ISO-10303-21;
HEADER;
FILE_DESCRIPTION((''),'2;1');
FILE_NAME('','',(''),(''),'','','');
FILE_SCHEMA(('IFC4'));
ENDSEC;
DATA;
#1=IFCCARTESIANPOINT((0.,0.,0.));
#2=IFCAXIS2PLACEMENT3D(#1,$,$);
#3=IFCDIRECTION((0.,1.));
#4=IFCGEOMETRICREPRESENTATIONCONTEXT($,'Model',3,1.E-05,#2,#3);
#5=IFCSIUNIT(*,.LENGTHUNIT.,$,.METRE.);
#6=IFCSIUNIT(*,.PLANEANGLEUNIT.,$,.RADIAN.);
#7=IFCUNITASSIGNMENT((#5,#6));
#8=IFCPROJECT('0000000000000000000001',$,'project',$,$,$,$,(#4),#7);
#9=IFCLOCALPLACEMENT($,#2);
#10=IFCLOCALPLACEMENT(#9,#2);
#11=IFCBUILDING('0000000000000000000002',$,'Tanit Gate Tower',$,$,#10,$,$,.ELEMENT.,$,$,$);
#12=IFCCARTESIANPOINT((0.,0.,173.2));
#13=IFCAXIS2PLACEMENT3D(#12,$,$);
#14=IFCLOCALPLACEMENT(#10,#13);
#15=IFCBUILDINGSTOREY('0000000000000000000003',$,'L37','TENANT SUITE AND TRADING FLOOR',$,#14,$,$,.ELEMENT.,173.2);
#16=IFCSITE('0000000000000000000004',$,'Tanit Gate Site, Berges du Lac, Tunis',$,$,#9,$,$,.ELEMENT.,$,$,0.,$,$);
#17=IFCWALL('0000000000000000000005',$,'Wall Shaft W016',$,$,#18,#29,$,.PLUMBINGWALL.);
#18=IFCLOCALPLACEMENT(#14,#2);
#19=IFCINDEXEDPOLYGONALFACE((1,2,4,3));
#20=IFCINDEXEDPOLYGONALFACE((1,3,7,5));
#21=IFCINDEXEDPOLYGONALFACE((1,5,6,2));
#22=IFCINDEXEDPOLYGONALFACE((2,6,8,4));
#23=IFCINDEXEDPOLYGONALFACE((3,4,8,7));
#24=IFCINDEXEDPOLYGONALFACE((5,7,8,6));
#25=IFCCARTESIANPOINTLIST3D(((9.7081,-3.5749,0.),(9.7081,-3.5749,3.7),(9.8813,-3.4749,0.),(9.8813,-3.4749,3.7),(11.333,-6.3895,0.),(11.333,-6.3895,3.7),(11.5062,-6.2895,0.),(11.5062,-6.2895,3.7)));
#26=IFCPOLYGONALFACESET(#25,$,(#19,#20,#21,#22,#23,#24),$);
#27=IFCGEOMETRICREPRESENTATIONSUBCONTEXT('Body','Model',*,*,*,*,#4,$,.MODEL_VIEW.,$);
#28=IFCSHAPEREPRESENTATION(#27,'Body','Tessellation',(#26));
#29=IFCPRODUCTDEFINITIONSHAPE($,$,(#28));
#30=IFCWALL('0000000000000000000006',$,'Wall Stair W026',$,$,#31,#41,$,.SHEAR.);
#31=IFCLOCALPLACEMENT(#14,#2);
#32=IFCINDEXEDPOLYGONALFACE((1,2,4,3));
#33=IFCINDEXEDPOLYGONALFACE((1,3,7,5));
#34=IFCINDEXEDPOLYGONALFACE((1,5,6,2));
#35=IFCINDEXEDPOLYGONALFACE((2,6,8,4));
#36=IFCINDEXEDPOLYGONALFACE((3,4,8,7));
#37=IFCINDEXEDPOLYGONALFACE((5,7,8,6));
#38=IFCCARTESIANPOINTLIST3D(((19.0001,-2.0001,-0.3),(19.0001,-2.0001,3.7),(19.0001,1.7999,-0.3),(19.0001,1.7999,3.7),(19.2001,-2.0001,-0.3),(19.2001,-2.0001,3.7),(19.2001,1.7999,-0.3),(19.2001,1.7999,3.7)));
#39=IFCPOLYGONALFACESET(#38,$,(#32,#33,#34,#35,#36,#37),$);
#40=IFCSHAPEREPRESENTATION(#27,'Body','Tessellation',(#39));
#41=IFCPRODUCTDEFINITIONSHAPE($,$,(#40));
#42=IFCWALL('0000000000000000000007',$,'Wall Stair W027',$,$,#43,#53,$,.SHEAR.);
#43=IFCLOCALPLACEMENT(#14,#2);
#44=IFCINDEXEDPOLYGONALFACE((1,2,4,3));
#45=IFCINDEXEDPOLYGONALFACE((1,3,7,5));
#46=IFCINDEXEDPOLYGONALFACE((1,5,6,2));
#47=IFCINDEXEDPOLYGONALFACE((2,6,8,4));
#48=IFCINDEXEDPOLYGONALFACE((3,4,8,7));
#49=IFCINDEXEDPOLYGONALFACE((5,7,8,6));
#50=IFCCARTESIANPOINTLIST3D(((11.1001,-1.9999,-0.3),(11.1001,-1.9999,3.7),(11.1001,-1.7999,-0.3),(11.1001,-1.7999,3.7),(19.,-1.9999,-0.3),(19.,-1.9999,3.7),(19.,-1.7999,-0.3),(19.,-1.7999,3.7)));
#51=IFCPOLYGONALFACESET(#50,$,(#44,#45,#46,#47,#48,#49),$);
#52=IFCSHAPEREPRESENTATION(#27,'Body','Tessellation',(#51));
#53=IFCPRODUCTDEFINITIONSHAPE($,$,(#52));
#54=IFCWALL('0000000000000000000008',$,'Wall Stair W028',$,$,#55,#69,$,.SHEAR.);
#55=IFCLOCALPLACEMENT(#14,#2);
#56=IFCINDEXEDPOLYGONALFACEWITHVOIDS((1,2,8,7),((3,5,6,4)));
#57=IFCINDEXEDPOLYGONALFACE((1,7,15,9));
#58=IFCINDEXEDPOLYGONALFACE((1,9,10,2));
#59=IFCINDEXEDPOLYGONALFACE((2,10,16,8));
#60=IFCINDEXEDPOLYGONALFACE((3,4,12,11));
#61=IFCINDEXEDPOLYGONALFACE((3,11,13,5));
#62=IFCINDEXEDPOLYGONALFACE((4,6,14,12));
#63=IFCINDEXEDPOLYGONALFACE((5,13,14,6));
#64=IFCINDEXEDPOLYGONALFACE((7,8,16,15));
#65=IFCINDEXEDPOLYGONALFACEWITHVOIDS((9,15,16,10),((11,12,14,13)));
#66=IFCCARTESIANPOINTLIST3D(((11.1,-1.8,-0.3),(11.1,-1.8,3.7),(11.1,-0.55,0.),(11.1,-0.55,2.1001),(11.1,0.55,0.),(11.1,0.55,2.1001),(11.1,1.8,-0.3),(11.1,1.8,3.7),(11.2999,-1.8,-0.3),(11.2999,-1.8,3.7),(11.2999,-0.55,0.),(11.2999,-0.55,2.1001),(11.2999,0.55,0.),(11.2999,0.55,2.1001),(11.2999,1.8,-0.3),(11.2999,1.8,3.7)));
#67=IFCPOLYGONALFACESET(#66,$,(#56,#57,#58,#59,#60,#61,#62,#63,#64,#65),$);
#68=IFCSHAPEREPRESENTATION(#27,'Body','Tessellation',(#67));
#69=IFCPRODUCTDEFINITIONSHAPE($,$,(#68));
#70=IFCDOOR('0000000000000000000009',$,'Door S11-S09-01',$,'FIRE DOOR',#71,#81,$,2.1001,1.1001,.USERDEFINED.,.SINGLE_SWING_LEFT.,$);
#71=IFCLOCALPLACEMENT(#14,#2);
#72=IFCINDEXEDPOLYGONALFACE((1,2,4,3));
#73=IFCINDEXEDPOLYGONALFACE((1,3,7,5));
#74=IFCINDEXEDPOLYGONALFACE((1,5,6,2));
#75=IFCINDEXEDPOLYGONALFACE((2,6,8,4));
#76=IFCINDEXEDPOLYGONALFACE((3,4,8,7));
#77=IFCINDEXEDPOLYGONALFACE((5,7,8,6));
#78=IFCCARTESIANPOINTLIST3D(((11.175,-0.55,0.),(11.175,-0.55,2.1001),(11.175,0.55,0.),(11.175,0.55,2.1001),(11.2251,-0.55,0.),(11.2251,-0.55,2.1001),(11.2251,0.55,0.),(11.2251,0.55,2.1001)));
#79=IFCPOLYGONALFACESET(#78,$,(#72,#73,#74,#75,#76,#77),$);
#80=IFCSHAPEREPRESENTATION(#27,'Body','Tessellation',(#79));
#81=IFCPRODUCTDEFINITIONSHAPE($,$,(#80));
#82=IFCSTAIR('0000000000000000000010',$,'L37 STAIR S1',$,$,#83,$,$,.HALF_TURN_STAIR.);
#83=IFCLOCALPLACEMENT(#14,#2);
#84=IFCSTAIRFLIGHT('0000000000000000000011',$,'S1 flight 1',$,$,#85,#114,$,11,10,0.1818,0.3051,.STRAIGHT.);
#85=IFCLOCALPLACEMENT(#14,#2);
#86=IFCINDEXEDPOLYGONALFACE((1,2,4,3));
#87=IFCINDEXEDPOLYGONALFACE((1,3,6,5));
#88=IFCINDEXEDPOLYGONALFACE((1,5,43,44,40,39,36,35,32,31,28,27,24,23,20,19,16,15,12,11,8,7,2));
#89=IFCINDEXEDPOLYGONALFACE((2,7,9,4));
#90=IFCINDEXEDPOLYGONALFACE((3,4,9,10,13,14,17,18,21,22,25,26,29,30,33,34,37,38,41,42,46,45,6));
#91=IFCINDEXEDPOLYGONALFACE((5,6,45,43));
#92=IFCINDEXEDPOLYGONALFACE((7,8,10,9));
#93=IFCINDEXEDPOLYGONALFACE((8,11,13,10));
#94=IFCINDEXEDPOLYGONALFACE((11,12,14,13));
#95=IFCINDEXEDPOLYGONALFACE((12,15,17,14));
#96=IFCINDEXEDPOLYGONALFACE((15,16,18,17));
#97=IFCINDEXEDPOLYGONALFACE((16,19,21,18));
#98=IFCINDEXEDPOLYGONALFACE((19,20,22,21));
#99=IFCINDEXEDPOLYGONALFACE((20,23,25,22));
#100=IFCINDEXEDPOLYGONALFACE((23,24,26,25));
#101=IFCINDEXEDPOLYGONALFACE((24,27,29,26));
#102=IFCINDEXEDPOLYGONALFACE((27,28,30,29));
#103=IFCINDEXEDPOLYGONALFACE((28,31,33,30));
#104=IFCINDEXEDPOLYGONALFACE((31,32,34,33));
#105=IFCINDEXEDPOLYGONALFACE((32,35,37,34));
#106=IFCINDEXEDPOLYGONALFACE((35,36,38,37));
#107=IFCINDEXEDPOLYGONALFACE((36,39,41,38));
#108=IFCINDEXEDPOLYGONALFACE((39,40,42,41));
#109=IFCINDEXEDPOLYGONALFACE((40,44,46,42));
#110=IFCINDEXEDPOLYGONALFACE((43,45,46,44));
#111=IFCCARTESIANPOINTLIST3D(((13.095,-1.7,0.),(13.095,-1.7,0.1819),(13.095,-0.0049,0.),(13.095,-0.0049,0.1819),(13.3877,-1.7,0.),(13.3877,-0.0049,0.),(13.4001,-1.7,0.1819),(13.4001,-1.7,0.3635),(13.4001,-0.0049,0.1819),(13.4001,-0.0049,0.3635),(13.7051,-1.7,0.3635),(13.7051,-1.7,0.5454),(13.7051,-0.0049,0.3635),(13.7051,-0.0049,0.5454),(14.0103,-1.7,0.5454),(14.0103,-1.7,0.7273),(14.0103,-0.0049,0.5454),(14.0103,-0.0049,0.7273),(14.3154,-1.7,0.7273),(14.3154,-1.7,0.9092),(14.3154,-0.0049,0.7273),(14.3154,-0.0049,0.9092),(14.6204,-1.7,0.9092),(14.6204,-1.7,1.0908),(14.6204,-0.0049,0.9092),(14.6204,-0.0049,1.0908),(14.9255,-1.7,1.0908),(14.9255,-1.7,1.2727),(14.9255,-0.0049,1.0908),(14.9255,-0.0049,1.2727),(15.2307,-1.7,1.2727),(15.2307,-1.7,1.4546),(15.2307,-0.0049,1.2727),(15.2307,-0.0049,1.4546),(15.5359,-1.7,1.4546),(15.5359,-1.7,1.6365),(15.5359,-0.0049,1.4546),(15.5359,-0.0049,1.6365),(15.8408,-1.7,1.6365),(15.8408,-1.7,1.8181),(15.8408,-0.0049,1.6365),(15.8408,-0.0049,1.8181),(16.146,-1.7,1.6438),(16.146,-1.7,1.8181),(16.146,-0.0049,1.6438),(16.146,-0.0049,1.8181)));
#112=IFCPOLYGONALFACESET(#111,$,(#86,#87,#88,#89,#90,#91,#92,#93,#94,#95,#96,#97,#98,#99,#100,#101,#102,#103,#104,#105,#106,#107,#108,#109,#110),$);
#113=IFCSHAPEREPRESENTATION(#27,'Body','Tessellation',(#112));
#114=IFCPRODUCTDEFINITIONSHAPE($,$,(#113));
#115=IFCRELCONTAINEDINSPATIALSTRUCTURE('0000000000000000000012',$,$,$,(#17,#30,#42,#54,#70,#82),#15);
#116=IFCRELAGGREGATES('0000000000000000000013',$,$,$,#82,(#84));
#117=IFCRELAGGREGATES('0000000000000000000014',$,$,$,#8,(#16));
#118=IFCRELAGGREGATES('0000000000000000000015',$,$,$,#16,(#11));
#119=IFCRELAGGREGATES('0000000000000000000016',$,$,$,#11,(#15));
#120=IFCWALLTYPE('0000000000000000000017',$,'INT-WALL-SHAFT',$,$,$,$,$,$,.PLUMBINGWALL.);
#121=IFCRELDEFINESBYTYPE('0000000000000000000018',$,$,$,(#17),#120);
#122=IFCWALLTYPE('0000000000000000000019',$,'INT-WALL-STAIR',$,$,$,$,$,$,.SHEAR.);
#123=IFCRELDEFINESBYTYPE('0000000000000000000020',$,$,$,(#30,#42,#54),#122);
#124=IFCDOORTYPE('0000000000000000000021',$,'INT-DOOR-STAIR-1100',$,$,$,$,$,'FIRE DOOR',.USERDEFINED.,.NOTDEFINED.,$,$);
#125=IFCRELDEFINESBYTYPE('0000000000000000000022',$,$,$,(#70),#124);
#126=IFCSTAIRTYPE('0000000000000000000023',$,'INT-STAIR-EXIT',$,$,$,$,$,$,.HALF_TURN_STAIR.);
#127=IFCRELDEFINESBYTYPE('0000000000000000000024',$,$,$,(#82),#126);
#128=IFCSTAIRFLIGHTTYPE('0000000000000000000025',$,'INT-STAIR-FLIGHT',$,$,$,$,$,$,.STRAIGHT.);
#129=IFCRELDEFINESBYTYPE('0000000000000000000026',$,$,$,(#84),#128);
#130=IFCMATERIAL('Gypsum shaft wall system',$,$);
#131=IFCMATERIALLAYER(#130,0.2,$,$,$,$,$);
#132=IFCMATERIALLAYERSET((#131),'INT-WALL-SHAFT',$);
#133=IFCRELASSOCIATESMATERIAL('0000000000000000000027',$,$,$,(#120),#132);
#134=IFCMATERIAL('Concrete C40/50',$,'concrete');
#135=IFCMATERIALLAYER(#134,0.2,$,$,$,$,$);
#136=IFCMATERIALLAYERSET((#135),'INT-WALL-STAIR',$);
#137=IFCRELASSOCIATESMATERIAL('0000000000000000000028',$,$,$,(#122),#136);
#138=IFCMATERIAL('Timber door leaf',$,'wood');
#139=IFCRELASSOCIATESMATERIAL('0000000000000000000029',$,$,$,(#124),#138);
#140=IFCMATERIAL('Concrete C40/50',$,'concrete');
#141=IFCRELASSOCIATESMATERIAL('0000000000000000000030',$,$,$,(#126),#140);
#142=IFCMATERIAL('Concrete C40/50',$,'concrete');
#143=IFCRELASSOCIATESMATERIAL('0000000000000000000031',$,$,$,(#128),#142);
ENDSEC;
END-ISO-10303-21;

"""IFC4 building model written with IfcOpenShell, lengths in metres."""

from ifc_helpers import new_model, si_unit, direction, frame, frame_2d, origin, place, context, subcontext, project, spatial, polyline, rectangle, outline, extrude, material, layer, layer_set, type_object, element, fill, aggregate, save


model = new_model("IFC4")

# Units and contexts
model_context = context("Model", 3, precision=1e-05, world=origin(), true_north=direction((0.0, 1.0)))
body_context = subcontext(model_context, "Body", "Model", "MODEL_VIEW")
ifc_project = project(units=[si_unit("LENGTHUNIT", "METRE"), si_unit("PLANEANGLEUNIT", "RADIAN")], contexts=[model_context])

# Site, building, storey
site_placement = place(None, origin())
site = spatial("IfcSite", under=ifc_project, at=site_placement, Name="Tanit Gate Site, Berges du Lac, Tunis", CompositionType="ELEMENT", RefElevation=0.0)
building_placement = place(site_placement, origin())
building = spatial("IfcBuilding", under=site, at=building_placement, Name="Tanit Gate Tower", CompositionType="ELEMENT")
storey_placement = place(building_placement, frame((0.0, 0.0, 173.2)))
storey = spatial("IfcBuildingStorey", under=building, at=storey_placement, Name="L37", Description="TENANT SUITE AND TRADING FLOOR", CompositionType="ELEMENT", Elevation=173.2)

# Walls
ifc_material_1 = material(Name="Gypsum shaft wall system")
ifc_layer_1 = layer(ifc_material_1, 0.2)
ifc_layer_set_1 = layer_set([ifc_layer_1], Name="INT-WALL-SHAFT")
wall_type_1 = type_object("IfcWallType", Name="INT-WALL-SHAFT", PredefinedType="PLUMBINGWALL", material=ifc_layer_set_1)
wall_1_placement = place(storey_placement, frame((9.7947, -3.5249, 0.0), z_axis=(0.0, 0.0, 1.0), x_axis=(0.499985, -0.866034, 0.0)))
element("IfcWall", 1, at=wall_1_placement, inside=storey, type_object=wall_type_1, Name="Wall Shaft W016", PredefinedType="PLUMBINGWALL", context=body_context, shape_type="SweptSolid", body=[
    extrude(rectangle(XDim=3.25, YDim=0.2, at=frame_2d((1.625, 0.0))), origin(), (0.0, 0.0, 1.0), 3.7),
])
ifc_material_2 = material(Name="Concrete C40/50", Category="concrete")
ifc_layer_2 = layer(ifc_material_2, 0.2)
ifc_layer_set_2 = layer_set([ifc_layer_2], Name="INT-WALL-STAIR")
wall_type_2 = type_object("IfcWallType", Name="INT-WALL-STAIR", PredefinedType="SHEAR", material=ifc_layer_set_2)
wall_2_placement = place(storey_placement, frame((19.1001, -2.0, -0.3), z_axis=(0.0, 0.0, 1.0), x_axis=(0.0, 1.0, 0.0)))
element("IfcWall", 2, at=wall_2_placement, inside=storey, type_object=wall_type_2, Name="Wall Stair W026", PredefinedType="SHEAR", context=body_context, shape_type="SweptSolid", body=[
    extrude(rectangle(XDim=3.8, YDim=0.2, at=frame_2d((1.8999, 0.0))), origin(), (0.0, 0.0, 1.0), 4.0),
])
wall_3_placement = place(storey_placement, frame((11.1001, -1.8999, -0.3), z_axis=(0.0, 0.0, 1.0), x_axis=(1.0, 0.0, 0.0)))
element("IfcWall", 3, at=wall_3_placement, inside=storey, type_object=wall_type_2, Name="Wall Stair W027", PredefinedType="SHEAR", context=body_context, shape_type="SweptSolid", body=[
    extrude(rectangle(XDim=7.8999, YDim=0.2, at=frame_2d((3.95, 0.0))), origin(), (0.0, 0.0, 1.0), 4.0),
])

# Wall, opening, door
wall_4_placement = place(storey_placement, frame((11.2, -1.8, -0.3), z_axis=(0.0, 0.0, 1.0), x_axis=(0.0, 1.0, 0.0)))
wall_4 = element("IfcWall", 4, at=wall_4_placement, inside=storey, type_object=wall_type_2, Name="Wall Stair W028", PredefinedType="SHEAR", context=body_context, shape_type="SweptSolid", body=[
    extrude(rectangle(XDim=3.6001, YDim=0.2, at=frame_2d((1.8, 0.0))), origin(), (0.0, 0.0, 1.0), 4.0),
])
opening_1_placement = place(wall_4_placement, frame((1.25, 0.0, 0.3)))
opening_1 = element("IfcOpeningElement", 5, at=opening_1_placement, cuts=wall_4, PredefinedType="OPENING", context=body_context, shape_type="SweptSolid", body=[
    extrude(rectangle(XDim=1.1001, YDim=2.1001, at=frame_2d((0.55, 1.05))), frame((0.0, 0.1099, 0.0), z_axis=(0.0, -1.0, 0.0), x_axis=(1.0, 0.0, 0.0)), (0.0, 0.0, 1.0), 0.22),
])
ifc_material_3 = material(Name="Timber door leaf", Category="wood")
door_type_1 = type_object("IfcDoorType", Name="INT-DOOR-STAIR-1100", ElementType="FIRE DOOR", OperationType="NOTDEFINED", PredefinedType="USERDEFINED", material=ifc_material_3)
door_1_placement = place(opening_1_placement, origin())
door_1 = element("IfcDoor", 6, at=door_1_placement, inside=storey, type_object=door_type_1, Name="Door S11-S09-01", ObjectType="FIRE DOOR", OperationType="SINGLE_SWING_LEFT", OverallHeight=2.1001, OverallWidth=1.1001, PredefinedType="USERDEFINED", context=body_context, shape_type="SweptSolid", body=[
    extrude(rectangle(XDim=1.1001, YDim=2.1001, at=frame_2d((0.55, 1.05))), frame((0.0, 0.0249, 0.0), z_axis=(0.0, -1.0, 0.0), x_axis=(1.0, 0.0, 0.0)), (0.0, 0.0, 1.0), 0.05),
])
fill(opening_1, door_1)

# Stair, stair flight
ifc_material_4 = material(Name="Concrete C40/50", Category="concrete")
stair_type = type_object("IfcStairType", Name="INT-STAIR-EXIT", PredefinedType="HALF_TURN_STAIR", material=ifc_material_4)
stair_placement = place(storey_placement, origin())
stair = element("IfcStair", 7, at=stair_placement, inside=storey, type_object=stair_type, Name="L37 STAIR S1", PredefinedType="HALF_TURN_STAIR")
ifc_material_5 = material(Name="Concrete C40/50", Category="concrete")
stair_flight_type = type_object("IfcStairFlightType", Name="INT-STAIR-FLIGHT", PredefinedType="STRAIGHT", material=ifc_material_5)
stair_flight_placement = place(storey_placement, frame((13.095, -0.8525, 0.0), z_axis=(0.0, 0.0, 1.0), x_axis=(1.0, 0.0, 0.0)))
stair_flight = element("IfcStairFlight", 8, at=stair_flight_placement, type_object=stair_flight_type, Name="S1 flight 1", NumberOfRisers=11, NumberOfTreads=10, PredefinedType="STRAIGHT", RiserHeight=0.1818, TreadLength=0.3051, context=body_context, shape_type="SweptSolid", body=[
    extrude(outline(polyline([(0.0, 0.0), (0.0, 0.1819), (0.3052, 0.1819), (0.3052, 0.3635), (0.6101, 0.3635), (0.6101, 0.5454), (0.9153, 0.5454), (0.9153, 0.7273), (1.2205, 0.7273), (1.2205, 0.9092), (1.5254, 0.9092), (1.5254, 1.0908), (1.8306, 1.0908), (1.8306, 1.2727), (2.1357, 1.2727), (2.1357, 1.4546), (2.4409, 1.4546), (2.4409, 1.6365), (2.7458, 1.6365), (2.7458, 1.8181), (3.051, 1.8181), (3.051, 2.0), (3.051, 1.6438), (0.2927, 0.0), (0.0, 0.0)])), frame((0.0, 0.8477, 0.0), z_axis=(0.0, -1.0, 0.0), x_axis=(1.0, 0.0, 0.0)), (0.0, 0.0, 1.0), 1.6951),
])
aggregate(stair, [stair_flight])

save(model, "model.ifc")
